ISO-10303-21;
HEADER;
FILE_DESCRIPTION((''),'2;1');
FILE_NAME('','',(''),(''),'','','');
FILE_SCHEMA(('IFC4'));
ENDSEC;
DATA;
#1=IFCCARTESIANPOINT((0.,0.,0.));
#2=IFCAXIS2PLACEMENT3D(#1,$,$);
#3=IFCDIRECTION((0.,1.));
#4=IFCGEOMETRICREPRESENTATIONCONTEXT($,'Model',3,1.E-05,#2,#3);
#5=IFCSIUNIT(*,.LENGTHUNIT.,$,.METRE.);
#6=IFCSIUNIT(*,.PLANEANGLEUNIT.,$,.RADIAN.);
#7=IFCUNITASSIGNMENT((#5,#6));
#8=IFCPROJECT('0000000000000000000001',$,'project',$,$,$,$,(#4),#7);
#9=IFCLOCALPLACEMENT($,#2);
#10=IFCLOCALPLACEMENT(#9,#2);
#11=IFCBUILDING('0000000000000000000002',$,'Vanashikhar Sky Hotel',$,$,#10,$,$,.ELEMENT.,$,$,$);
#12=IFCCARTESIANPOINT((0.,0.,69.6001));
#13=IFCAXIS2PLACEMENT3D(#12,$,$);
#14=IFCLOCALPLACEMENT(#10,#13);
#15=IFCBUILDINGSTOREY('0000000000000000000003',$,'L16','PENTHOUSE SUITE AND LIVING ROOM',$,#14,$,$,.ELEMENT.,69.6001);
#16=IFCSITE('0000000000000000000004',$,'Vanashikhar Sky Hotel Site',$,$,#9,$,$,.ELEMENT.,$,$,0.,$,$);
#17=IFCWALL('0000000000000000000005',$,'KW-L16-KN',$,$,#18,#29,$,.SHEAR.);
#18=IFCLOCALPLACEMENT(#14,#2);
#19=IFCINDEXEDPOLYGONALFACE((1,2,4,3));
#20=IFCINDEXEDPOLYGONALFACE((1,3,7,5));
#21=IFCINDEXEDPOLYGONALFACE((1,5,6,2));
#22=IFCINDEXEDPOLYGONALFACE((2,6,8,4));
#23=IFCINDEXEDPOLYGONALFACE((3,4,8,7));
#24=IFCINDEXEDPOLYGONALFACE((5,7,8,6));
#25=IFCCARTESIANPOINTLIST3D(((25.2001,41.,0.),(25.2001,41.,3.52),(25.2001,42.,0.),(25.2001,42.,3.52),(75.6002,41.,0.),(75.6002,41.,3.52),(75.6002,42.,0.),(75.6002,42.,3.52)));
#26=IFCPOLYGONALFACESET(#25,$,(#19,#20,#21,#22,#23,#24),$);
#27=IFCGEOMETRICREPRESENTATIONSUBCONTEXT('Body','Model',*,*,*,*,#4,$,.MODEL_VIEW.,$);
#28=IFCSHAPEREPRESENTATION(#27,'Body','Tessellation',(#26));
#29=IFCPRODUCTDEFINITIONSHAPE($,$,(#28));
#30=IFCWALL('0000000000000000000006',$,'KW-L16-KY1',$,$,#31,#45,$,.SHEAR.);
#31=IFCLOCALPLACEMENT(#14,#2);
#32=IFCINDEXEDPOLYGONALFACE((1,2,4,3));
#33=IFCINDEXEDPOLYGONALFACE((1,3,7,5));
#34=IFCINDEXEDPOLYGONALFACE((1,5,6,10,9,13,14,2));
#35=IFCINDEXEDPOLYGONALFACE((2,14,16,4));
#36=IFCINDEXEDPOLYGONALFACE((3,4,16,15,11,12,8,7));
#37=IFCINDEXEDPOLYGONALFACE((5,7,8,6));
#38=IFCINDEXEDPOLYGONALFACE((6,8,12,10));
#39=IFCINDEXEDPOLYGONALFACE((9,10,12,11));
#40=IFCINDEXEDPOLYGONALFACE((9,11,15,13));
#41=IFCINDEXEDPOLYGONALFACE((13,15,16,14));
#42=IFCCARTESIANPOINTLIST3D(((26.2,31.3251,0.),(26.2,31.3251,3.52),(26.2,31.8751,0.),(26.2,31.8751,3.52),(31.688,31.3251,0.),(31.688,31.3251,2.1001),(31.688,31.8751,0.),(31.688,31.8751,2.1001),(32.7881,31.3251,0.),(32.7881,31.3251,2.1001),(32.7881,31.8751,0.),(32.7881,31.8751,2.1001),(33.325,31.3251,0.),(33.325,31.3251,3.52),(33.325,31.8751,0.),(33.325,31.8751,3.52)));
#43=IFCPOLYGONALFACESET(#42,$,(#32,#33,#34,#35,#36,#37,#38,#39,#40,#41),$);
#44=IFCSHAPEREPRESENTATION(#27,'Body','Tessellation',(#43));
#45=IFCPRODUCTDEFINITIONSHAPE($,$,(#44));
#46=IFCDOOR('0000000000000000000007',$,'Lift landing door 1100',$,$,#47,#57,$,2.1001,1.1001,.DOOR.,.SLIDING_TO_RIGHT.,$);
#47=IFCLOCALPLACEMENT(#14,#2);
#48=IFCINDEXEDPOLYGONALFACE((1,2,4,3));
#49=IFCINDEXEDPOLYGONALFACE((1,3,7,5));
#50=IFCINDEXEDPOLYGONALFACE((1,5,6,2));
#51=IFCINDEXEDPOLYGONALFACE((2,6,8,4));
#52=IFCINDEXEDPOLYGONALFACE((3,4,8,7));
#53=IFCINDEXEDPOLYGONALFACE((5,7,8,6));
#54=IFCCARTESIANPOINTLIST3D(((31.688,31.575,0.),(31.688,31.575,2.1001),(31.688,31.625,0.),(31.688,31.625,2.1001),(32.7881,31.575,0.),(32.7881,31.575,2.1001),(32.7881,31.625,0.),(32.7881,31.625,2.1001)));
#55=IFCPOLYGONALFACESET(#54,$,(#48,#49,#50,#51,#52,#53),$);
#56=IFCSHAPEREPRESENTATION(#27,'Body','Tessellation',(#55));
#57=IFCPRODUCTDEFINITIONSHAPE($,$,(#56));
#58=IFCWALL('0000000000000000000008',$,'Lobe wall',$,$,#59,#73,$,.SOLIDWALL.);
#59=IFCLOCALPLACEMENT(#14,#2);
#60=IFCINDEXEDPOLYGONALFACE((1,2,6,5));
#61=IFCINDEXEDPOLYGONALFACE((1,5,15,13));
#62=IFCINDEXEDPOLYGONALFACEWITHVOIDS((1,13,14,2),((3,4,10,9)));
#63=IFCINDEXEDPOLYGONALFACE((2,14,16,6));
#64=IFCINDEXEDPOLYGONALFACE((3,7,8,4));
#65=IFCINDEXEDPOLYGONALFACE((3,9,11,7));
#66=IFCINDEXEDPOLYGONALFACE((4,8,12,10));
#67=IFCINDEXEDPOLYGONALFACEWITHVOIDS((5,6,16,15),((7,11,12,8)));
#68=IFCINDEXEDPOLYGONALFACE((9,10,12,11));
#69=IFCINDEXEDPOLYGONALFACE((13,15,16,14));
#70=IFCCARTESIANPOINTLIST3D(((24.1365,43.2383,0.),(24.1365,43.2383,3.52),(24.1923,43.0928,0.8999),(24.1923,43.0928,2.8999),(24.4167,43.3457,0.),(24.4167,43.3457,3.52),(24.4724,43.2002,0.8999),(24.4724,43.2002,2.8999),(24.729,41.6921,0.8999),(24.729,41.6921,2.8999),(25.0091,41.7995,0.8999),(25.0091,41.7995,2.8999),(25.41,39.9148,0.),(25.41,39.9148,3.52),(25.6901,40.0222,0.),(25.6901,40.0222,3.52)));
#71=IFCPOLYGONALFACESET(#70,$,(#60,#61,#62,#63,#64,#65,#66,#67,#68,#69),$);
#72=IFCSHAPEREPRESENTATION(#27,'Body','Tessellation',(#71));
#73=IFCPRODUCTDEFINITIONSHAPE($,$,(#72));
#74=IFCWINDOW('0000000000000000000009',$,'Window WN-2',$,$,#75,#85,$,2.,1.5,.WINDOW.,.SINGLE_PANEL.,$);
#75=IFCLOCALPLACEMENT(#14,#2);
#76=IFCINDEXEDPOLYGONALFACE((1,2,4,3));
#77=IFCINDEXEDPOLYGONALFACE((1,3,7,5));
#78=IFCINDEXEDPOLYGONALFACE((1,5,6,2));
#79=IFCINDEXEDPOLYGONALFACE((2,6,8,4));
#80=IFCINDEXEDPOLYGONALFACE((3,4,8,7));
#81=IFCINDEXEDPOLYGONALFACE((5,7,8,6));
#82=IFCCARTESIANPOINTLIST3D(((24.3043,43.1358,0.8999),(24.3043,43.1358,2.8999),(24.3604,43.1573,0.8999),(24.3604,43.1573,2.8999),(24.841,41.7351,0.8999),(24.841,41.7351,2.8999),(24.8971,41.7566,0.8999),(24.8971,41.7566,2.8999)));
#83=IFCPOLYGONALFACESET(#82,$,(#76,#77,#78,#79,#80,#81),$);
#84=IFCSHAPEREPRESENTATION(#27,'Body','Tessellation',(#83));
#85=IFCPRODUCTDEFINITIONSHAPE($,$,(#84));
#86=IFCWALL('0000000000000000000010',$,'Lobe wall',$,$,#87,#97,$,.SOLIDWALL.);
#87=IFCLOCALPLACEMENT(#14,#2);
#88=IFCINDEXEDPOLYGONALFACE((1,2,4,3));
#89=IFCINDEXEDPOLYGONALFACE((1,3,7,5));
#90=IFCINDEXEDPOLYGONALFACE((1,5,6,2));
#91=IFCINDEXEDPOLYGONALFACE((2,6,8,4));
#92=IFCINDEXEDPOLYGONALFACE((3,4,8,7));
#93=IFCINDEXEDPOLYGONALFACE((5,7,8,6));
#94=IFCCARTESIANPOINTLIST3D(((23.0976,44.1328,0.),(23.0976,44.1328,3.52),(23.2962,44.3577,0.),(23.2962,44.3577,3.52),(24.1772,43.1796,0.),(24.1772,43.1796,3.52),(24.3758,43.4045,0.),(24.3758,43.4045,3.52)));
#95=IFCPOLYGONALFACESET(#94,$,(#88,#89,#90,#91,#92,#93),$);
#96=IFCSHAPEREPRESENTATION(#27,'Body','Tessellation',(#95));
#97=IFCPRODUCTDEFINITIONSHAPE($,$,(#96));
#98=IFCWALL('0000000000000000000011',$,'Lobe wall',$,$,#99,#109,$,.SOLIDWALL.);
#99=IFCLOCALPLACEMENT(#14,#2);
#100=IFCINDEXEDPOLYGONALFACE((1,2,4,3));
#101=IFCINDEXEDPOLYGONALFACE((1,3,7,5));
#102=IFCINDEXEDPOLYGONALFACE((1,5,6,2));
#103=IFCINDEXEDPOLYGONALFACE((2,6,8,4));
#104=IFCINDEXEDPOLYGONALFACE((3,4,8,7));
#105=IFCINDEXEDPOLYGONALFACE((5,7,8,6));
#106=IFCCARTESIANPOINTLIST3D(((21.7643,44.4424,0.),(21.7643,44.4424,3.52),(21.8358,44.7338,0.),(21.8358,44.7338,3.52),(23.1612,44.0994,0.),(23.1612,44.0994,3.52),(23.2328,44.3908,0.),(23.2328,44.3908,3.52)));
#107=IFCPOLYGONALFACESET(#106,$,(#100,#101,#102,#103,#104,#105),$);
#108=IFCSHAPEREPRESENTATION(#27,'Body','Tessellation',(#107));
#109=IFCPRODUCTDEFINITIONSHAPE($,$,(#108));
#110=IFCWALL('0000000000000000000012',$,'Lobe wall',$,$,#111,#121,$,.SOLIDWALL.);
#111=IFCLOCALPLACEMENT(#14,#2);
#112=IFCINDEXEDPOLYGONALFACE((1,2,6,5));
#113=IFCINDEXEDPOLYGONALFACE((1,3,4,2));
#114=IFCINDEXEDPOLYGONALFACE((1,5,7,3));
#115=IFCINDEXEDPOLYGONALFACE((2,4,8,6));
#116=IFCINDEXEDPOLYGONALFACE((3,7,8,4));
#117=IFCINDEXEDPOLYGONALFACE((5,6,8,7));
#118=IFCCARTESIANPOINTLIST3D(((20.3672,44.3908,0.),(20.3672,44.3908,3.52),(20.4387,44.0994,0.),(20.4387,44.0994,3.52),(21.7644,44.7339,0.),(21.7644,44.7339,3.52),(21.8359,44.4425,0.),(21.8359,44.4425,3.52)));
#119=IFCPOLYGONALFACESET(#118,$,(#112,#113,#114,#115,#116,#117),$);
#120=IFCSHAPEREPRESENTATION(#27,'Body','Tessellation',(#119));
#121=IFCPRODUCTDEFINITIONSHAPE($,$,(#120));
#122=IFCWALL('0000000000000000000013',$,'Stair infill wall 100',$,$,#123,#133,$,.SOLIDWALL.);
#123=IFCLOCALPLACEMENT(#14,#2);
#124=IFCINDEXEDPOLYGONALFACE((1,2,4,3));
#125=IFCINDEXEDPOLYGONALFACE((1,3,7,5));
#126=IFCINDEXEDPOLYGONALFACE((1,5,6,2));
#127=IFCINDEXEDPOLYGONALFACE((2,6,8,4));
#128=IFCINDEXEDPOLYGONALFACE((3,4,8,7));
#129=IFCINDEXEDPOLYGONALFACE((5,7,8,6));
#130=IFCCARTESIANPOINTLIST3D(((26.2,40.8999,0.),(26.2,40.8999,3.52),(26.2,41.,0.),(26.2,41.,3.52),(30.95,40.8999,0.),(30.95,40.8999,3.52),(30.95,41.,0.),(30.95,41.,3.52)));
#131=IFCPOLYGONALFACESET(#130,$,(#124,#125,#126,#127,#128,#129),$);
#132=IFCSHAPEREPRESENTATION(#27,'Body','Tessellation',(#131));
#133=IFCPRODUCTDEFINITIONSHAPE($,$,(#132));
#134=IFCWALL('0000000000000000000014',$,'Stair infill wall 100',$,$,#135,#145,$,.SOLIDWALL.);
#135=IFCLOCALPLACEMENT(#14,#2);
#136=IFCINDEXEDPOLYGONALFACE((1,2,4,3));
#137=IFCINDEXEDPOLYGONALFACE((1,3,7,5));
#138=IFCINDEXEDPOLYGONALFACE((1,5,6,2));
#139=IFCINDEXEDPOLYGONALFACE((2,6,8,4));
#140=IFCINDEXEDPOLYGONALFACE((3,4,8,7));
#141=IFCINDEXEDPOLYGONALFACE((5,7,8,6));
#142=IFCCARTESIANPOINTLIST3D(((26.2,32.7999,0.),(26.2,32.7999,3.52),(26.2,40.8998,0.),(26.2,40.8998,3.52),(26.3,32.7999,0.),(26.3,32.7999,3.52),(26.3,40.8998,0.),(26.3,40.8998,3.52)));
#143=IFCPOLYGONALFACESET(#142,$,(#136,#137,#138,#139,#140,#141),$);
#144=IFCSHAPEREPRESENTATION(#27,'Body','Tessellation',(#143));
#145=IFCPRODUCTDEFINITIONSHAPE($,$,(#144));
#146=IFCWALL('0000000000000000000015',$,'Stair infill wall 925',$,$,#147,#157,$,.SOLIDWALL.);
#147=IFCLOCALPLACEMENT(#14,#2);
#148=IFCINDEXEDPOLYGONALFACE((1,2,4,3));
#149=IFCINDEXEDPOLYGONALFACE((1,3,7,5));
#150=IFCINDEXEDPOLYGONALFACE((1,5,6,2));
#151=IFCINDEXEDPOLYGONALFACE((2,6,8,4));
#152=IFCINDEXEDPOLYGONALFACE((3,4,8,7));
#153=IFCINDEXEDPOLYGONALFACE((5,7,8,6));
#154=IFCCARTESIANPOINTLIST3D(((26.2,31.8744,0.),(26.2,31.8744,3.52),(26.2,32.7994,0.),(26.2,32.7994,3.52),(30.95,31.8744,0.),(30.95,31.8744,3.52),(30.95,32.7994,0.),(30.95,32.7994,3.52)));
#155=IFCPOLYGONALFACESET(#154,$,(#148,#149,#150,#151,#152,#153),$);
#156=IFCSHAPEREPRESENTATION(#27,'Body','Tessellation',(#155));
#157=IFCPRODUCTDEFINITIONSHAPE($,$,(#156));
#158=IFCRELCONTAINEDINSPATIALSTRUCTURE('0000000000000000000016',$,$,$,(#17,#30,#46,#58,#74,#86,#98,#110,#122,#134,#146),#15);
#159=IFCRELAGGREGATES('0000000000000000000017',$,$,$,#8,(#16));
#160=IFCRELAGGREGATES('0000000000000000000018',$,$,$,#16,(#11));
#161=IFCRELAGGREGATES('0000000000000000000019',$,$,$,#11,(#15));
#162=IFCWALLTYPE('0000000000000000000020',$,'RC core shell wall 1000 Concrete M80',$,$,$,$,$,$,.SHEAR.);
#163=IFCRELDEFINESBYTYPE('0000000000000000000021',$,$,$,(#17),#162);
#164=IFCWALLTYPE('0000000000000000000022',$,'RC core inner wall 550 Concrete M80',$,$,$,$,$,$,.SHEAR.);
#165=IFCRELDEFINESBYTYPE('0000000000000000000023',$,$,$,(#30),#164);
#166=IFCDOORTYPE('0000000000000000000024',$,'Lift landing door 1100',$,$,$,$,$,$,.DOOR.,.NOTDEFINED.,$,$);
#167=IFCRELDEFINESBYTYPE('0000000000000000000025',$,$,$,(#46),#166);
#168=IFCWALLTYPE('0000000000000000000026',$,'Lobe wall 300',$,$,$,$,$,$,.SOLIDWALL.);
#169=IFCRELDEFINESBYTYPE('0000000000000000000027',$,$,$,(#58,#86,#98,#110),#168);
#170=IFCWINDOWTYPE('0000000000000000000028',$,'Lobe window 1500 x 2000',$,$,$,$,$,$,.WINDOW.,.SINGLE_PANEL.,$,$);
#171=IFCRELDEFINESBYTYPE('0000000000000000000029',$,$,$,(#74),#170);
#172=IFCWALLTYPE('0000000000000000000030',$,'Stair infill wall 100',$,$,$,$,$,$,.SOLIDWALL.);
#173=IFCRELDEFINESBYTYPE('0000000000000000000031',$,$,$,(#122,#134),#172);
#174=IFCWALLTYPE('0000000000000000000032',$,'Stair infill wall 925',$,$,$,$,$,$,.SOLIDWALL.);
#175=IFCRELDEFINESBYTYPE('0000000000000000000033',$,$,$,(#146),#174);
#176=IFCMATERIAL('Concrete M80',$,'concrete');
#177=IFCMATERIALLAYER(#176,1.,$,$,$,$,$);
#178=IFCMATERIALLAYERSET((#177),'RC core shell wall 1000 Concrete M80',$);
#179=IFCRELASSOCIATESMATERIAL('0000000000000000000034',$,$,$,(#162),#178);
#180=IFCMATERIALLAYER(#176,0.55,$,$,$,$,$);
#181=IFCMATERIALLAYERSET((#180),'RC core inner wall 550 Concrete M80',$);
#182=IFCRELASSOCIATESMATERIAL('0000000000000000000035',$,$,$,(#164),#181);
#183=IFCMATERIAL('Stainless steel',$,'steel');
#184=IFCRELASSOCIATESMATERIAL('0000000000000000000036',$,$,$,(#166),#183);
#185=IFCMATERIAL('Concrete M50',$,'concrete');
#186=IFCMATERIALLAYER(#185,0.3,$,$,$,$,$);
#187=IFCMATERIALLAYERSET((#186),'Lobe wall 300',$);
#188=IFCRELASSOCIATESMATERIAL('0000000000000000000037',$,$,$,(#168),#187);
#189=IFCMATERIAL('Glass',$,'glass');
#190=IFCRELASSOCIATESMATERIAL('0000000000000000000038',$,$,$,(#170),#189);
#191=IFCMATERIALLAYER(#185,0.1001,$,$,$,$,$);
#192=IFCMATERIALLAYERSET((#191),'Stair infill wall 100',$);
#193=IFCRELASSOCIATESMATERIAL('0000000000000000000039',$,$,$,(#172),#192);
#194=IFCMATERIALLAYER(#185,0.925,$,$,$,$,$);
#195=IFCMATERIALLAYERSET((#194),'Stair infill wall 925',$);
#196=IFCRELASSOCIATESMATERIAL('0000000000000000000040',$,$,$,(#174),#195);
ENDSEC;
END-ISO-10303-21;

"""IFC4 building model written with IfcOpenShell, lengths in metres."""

from ifc_helpers import new_model, si_unit, direction, frame, frame_2d, origin, place, context, subcontext, project, spatial, rectangle, extrude, source, transform, mapped, material, layer, layer_set, type_object, element, fill, save


model = new_model("IFC4")

# Units and contexts
model_context = context("Model", 3, precision=1e-05, world=origin(), true_north=direction((0.0, 1.0)))
body_context = subcontext(model_context, "Body", "Model", "MODEL_VIEW")
ifc_project = project(units=[si_unit("LENGTHUNIT", "METRE"), si_unit("PLANEANGLEUNIT", "RADIAN")], contexts=[model_context])

# Site, building, storey
site_placement = place(None, origin())
site = spatial("IfcSite", under=ifc_project, at=site_placement, Name="Vanashikhar Sky Hotel Site", CompositionType="ELEMENT", RefElevation=0.0)
building_placement = place(site_placement, origin())
building = spatial("IfcBuilding", under=site, at=building_placement, Name="Vanashikhar Sky Hotel", CompositionType="ELEMENT")
storey_placement = place(building_placement, frame((0.0, 0.0, 69.6001)))
storey = spatial("IfcBuildingStorey", under=building, at=storey_placement, Name="L16", Description="PENTHOUSE SUITE AND LIVING ROOM", CompositionType="ELEMENT", Elevation=69.6001)

# Wall
ifc_material_1 = material(Name="Concrete M80", Category="concrete")
ifc_layer_1 = layer(ifc_material_1, 1.0)
ifc_layer_set_1 = layer_set([ifc_layer_1], Name="RC core shell wall 1000 Concrete M80")
wall_type_1 = type_object("IfcWallType", Name="RC core shell wall 1000 Concrete M80", PredefinedType="SHEAR", material=ifc_layer_set_1)
shared_shape_1 = source(origin(), body_context, "Body", "SweptSolid", [
    extrude(rectangle(XDim=50.4001, YDim=1.0, at=frame_2d((25.2002, 0.0))), origin(), (0.0, 0.0, 1.0), 3.52),
])
wall_1_placement = place(storey_placement, frame((25.2, 41.5, 0.0), z_axis=(0.0, 0.0, 1.0), x_axis=(1.0, 0.0, 0.0)))
element("IfcWall", 1, at=wall_1_placement, inside=storey, type_object=wall_type_1, Name="KW-L16-KN", PredefinedType="SHEAR", context=body_context, shape_type="MappedRepresentation", body=[
    mapped(shared_shape_1, transform((0.0, 0.0, 0.0), scale=1.0)),
])

# Wall, opening, door
ifc_layer_2 = layer(ifc_material_1, 0.55)
ifc_layer_set_2 = layer_set([ifc_layer_2], Name="RC core inner wall 550 Concrete M80")
wall_type_2 = type_object("IfcWallType", Name="RC core inner wall 550 Concrete M80", PredefinedType="SHEAR", material=ifc_layer_set_2)
shared_shape_2 = source(origin(), body_context, "Body", "SweptSolid", [
    extrude(rectangle(XDim=7.125, YDim=0.55, at=frame_2d((3.5625, 0.0))), origin(), (0.0, 0.0, 1.0), 3.52),
])
wall_2_placement = place(storey_placement, frame((26.2, 31.6001, 0.0), z_axis=(0.0, 0.0, 1.0), x_axis=(1.0, 0.0, 0.0)))
wall_2 = element("IfcWall", 2, at=wall_2_placement, inside=storey, type_object=wall_type_2, Name="KW-L16-KY1", PredefinedType="SHEAR", context=body_context, shape_type="MappedRepresentation", body=[
    mapped(shared_shape_2, transform((0.0, 0.0, 0.0), scale=1.0)),
])
shared_shape_3 = source(origin(), body_context, "Body", "SweptSolid", [
    extrude(rectangle(XDim=1.1001, YDim=2.1001, at=frame_2d((0.55, 1.05))), frame((0.0, 0.2852, 0.0), z_axis=(0.0, -1.0, 0.0), x_axis=(1.0, 0.0, 0.0)), (0.0, 0.0, 1.0), 0.5701),
])
opening_1_placement = place(wall_2_placement, frame((5.488, 0.0, 0.0)))
opening_1 = element("IfcOpeningElement", 3, at=opening_1_placement, cuts=wall_2, PredefinedType="OPENING", context=body_context, shape_type="MappedRepresentation", body=[
    mapped(shared_shape_3, transform((0.0, 0.0, 0.0), scale=1.0)),
])
ifc_material_2 = material(Name="Stainless steel", Category="steel")
door_type = type_object("IfcDoorType", Name="Lift landing door 1100", OperationType="NOTDEFINED", PredefinedType="DOOR", material=ifc_material_2)
shared_shape_4 = source(origin(), body_context, "Body", "SweptSolid", [
    extrude(rectangle(XDim=1.1001, YDim=2.1001, at=frame_2d((0.55, 1.05))), frame((0.0, 0.0249, 0.0), z_axis=(0.0, -1.0, 0.0), x_axis=(1.0, 0.0, 0.0)), (0.0, 0.0, 1.0), 0.05),
])
door_placement = place(opening_1_placement, origin())
door = element("IfcDoor", 4, at=door_placement, inside=storey, type_object=door_type, Name="Lift landing door 1100", OperationType="SLIDING_TO_RIGHT", OverallHeight=2.1001, OverallWidth=1.1001, PredefinedType="DOOR", context=body_context, shape_type="MappedRepresentation", body=[
    mapped(shared_shape_4, transform((0.0, 0.0, 0.0), scale=1.0)),
])
fill(opening_1, door)

# Wall, opening, window
ifc_material_3 = material(Name="Concrete M50", Category="concrete")
ifc_layer_3 = layer(ifc_material_3, 0.3)
ifc_layer_set_3 = layer_set([ifc_layer_3], Name="Lobe wall 300")
wall_type_3 = type_object("IfcWallType", Name="Lobe wall 300", PredefinedType="SOLIDWALL", material=ifc_layer_set_3)
shared_shape_5 = source(origin(), body_context, "Body", "SweptSolid", [
    extrude(rectangle(XDim=3.5591, YDim=0.3, at=frame_2d((1.7795, 0.0))), origin(), (0.0, 0.0, 1.0), 3.52),
])
wall_3_placement = place(storey_placement, frame((25.55, 39.9685, 0.0), z_axis=(0.0, 0.0, 1.0), x_axis=(-0.357797, 0.933799, 0.0)))
wall_3 = element("IfcWall", 5, at=wall_3_placement, inside=storey, type_object=wall_type_3, Name="Lobe wall", PredefinedType="SOLIDWALL", context=body_context, shape_type="MappedRepresentation", body=[
    mapped(shared_shape_5, transform((0.0, 0.0, 0.0), scale=1.0)),
])
shared_shape_6 = source(origin(), body_context, "Body", "SweptSolid", [
    extrude(rectangle(XDim=1.5, YDim=2.0, at=frame_2d((0.75, 1.0))), frame((0.0, 0.1602, 0.0), z_axis=(0.0, -1.0, 0.0), x_axis=(1.0, 0.0, 0.0)), (0.0, 0.0, 1.0), 0.3201),
])
opening_2_placement = place(wall_3_placement, frame((1.9033, 0.0, 0.8999)))
opening_2 = element("IfcOpeningElement", 6, at=opening_2_placement, cuts=wall_3, PredefinedType="OPENING", context=body_context, shape_type="MappedRepresentation", body=[
    mapped(shared_shape_6, transform((0.0, 0.0, 0.0), scale=1.0)),
])
ifc_material_4 = material(Name="Glass", Category="glass")
window_type = type_object("IfcWindowType", Name="Lobe window 1500 x 2000", PartitioningType="SINGLE_PANEL", PredefinedType="WINDOW", material=ifc_material_4)
shared_shape_7 = source(origin(), body_context, "Body", "SweptSolid", [
    extrude(rectangle(XDim=1.5, YDim=2.0, at=frame_2d((0.75, 1.0))), frame((0.0, 0.03, 0.0), z_axis=(0.0, -1.0, 0.0), x_axis=(1.0, 0.0, 0.0)), (0.0, 0.0, 1.0), 0.0601),
])
window_placement = place(opening_2_placement, origin())
window = element("IfcWindow", 7, at=window_placement, inside=storey, type_object=window_type, Name="Window WN-2", OverallHeight=2.0, OverallWidth=1.5, PartitioningType="SINGLE_PANEL", PredefinedType="WINDOW", context=body_context, shape_type="MappedRepresentation", body=[
    mapped(shared_shape_7, transform((0.0, 0.0, 0.0), scale=1.0)),
])
fill(opening_2, window)

# Walls
shared_shape_8 = source(origin(), body_context, "Body", "SweptSolid", [
    extrude(rectangle(XDim=1.4402, YDim=0.3, at=frame_2d((0.7202, 0.0))), origin(), (0.0, 0.0, 1.0), 3.52),
])
wall_4_placement = place(storey_placement, frame((24.2766, 43.292, 0.0), z_axis=(0.0, 0.0, 1.0), x_axis=(-0.74965, 0.661835, 0.0)))
element("IfcWall", 8, at=wall_4_placement, inside=storey, type_object=wall_type_3, Name="Lobe wall", PredefinedType="SOLIDWALL", context=body_context, shape_type="MappedRepresentation", body=[
    mapped(shared_shape_8, transform((0.0, 0.0, 0.0), scale=1.0)),
])
shared_shape_9 = source(origin(), body_context, "Body", "SweptSolid", [
    extrude(rectangle(XDim=1.4385, YDim=0.3, at=frame_2d((0.7192, 0.0))), origin(), (0.0, 0.0, 1.0), 3.52),
])
wall_5_placement = place(storey_placement, frame((23.197, 44.2451, 0.0), z_axis=(0.0, 0.0, 1.0), x_axis=(-0.971152, 0.23846, 0.0)))
element("IfcWall", 9, at=wall_5_placement, inside=storey, type_object=wall_type_3, Name="Lobe wall", PredefinedType="SOLIDWALL", context=body_context, shape_type="MappedRepresentation", body=[
    mapped(shared_shape_9, transform((0.0, 0.0, 0.0), scale=1.0)),
])
shared_shape_10 = source(origin(), body_context, "Body", "SweptSolid", [
    extrude(rectangle(XDim=1.4387, YDim=0.3, at=frame_2d((0.7192, 0.0))), origin(), (0.0, 0.0, 1.0), 3.52),
])
wall_6_placement = place(storey_placement, frame((21.8, 44.5881, 0.0), z_axis=(0.0, 0.0, 1.0), x_axis=(-0.971162, -0.238421, 0.0)))
element("IfcWall", 10, at=wall_6_placement, inside=storey, type_object=wall_type_3, Name="Lobe wall", PredefinedType="SOLIDWALL", context=body_context, shape_type="MappedRepresentation", body=[
    mapped(shared_shape_10, transform((0.0, 0.0, 0.0), scale=1.0)),
])
ifc_layer_4 = layer(ifc_material_3, 0.1001)
ifc_layer_set_4 = layer_set([ifc_layer_4], Name="Stair infill wall 100")
wall_type_4 = type_object("IfcWallType", Name="Stair infill wall 100", PredefinedType="SOLIDWALL", material=ifc_layer_set_4)
shared_shape_11 = source(origin(), body_context, "Body", "SweptSolid", [
    extrude(rectangle(XDim=4.75, YDim=0.1001, at=frame_2d((2.375, 0.0))), origin(), (0.0, 0.0, 1.0), 3.52),
])
wall_7_placement = place(storey_placement, frame((26.2, 40.95, 0.0), z_axis=(0.0, 0.0, 1.0), x_axis=(1.0, 0.0, 0.0)))
element("IfcWall", 11, at=wall_7_placement, inside=storey, type_object=wall_type_4, Name="Stair infill wall 100", PredefinedType="SOLIDWALL", context=body_context, shape_type="MappedRepresentation", body=[
    mapped(shared_shape_11, transform((0.0, 0.0, 0.0), scale=1.0)),
])
shared_shape_12 = source(origin(), body_context, "Body", "SweptSolid", [
    extrude(rectangle(XDim=8.0999, YDim=0.1001, at=frame_2d((4.0498, 0.0))), origin(), (0.0, 0.0, 1.0), 3.52),
])
wall_8_placement = place(storey_placement, frame((26.25, 32.8, 0.0), z_axis=(0.0, 0.0, 1.0), x_axis=(0.0, 1.0, 0.0)))
element("IfcWall", 12, at=wall_8_placement, inside=storey, type_object=wall_type_4, Name="Stair infill wall 100", PredefinedType="SOLIDWALL", context=body_context, shape_type="MappedRepresentation", body=[
    mapped(shared_shape_12, transform((0.0, 0.0, 0.0), scale=1.0)),
])
ifc_layer_5 = layer(ifc_material_3, 0.925)
ifc_layer_set_5 = layer_set([ifc_layer_5], Name="Stair infill wall 925")
wall_type_5 = type_object("IfcWallType", Name="Stair infill wall 925", PredefinedType="SOLIDWALL", material=ifc_layer_set_5)
shared_shape_13 = source(origin(), body_context, "Body", "SweptSolid", [
    extrude(rectangle(XDim=4.75, YDim=0.925, at=frame_2d((2.375, 0.0))), origin(), (0.0, 0.0, 1.0), 3.52),
])
wall_9_placement = place(storey_placement, frame((26.2, 32.3369, 0.0), z_axis=(0.0, 0.0, 1.0), x_axis=(1.0, 0.0, 0.0)))
element("IfcWall", 13, at=wall_9_placement, inside=storey, type_object=wall_type_5, Name="Stair infill wall 925", PredefinedType="SOLIDWALL", context=body_context, shape_type="MappedRepresentation", body=[
    mapped(shared_shape_13, transform((0.0, 0.0, 0.0), scale=1.0)),
])

save(model, "model.ifc")
